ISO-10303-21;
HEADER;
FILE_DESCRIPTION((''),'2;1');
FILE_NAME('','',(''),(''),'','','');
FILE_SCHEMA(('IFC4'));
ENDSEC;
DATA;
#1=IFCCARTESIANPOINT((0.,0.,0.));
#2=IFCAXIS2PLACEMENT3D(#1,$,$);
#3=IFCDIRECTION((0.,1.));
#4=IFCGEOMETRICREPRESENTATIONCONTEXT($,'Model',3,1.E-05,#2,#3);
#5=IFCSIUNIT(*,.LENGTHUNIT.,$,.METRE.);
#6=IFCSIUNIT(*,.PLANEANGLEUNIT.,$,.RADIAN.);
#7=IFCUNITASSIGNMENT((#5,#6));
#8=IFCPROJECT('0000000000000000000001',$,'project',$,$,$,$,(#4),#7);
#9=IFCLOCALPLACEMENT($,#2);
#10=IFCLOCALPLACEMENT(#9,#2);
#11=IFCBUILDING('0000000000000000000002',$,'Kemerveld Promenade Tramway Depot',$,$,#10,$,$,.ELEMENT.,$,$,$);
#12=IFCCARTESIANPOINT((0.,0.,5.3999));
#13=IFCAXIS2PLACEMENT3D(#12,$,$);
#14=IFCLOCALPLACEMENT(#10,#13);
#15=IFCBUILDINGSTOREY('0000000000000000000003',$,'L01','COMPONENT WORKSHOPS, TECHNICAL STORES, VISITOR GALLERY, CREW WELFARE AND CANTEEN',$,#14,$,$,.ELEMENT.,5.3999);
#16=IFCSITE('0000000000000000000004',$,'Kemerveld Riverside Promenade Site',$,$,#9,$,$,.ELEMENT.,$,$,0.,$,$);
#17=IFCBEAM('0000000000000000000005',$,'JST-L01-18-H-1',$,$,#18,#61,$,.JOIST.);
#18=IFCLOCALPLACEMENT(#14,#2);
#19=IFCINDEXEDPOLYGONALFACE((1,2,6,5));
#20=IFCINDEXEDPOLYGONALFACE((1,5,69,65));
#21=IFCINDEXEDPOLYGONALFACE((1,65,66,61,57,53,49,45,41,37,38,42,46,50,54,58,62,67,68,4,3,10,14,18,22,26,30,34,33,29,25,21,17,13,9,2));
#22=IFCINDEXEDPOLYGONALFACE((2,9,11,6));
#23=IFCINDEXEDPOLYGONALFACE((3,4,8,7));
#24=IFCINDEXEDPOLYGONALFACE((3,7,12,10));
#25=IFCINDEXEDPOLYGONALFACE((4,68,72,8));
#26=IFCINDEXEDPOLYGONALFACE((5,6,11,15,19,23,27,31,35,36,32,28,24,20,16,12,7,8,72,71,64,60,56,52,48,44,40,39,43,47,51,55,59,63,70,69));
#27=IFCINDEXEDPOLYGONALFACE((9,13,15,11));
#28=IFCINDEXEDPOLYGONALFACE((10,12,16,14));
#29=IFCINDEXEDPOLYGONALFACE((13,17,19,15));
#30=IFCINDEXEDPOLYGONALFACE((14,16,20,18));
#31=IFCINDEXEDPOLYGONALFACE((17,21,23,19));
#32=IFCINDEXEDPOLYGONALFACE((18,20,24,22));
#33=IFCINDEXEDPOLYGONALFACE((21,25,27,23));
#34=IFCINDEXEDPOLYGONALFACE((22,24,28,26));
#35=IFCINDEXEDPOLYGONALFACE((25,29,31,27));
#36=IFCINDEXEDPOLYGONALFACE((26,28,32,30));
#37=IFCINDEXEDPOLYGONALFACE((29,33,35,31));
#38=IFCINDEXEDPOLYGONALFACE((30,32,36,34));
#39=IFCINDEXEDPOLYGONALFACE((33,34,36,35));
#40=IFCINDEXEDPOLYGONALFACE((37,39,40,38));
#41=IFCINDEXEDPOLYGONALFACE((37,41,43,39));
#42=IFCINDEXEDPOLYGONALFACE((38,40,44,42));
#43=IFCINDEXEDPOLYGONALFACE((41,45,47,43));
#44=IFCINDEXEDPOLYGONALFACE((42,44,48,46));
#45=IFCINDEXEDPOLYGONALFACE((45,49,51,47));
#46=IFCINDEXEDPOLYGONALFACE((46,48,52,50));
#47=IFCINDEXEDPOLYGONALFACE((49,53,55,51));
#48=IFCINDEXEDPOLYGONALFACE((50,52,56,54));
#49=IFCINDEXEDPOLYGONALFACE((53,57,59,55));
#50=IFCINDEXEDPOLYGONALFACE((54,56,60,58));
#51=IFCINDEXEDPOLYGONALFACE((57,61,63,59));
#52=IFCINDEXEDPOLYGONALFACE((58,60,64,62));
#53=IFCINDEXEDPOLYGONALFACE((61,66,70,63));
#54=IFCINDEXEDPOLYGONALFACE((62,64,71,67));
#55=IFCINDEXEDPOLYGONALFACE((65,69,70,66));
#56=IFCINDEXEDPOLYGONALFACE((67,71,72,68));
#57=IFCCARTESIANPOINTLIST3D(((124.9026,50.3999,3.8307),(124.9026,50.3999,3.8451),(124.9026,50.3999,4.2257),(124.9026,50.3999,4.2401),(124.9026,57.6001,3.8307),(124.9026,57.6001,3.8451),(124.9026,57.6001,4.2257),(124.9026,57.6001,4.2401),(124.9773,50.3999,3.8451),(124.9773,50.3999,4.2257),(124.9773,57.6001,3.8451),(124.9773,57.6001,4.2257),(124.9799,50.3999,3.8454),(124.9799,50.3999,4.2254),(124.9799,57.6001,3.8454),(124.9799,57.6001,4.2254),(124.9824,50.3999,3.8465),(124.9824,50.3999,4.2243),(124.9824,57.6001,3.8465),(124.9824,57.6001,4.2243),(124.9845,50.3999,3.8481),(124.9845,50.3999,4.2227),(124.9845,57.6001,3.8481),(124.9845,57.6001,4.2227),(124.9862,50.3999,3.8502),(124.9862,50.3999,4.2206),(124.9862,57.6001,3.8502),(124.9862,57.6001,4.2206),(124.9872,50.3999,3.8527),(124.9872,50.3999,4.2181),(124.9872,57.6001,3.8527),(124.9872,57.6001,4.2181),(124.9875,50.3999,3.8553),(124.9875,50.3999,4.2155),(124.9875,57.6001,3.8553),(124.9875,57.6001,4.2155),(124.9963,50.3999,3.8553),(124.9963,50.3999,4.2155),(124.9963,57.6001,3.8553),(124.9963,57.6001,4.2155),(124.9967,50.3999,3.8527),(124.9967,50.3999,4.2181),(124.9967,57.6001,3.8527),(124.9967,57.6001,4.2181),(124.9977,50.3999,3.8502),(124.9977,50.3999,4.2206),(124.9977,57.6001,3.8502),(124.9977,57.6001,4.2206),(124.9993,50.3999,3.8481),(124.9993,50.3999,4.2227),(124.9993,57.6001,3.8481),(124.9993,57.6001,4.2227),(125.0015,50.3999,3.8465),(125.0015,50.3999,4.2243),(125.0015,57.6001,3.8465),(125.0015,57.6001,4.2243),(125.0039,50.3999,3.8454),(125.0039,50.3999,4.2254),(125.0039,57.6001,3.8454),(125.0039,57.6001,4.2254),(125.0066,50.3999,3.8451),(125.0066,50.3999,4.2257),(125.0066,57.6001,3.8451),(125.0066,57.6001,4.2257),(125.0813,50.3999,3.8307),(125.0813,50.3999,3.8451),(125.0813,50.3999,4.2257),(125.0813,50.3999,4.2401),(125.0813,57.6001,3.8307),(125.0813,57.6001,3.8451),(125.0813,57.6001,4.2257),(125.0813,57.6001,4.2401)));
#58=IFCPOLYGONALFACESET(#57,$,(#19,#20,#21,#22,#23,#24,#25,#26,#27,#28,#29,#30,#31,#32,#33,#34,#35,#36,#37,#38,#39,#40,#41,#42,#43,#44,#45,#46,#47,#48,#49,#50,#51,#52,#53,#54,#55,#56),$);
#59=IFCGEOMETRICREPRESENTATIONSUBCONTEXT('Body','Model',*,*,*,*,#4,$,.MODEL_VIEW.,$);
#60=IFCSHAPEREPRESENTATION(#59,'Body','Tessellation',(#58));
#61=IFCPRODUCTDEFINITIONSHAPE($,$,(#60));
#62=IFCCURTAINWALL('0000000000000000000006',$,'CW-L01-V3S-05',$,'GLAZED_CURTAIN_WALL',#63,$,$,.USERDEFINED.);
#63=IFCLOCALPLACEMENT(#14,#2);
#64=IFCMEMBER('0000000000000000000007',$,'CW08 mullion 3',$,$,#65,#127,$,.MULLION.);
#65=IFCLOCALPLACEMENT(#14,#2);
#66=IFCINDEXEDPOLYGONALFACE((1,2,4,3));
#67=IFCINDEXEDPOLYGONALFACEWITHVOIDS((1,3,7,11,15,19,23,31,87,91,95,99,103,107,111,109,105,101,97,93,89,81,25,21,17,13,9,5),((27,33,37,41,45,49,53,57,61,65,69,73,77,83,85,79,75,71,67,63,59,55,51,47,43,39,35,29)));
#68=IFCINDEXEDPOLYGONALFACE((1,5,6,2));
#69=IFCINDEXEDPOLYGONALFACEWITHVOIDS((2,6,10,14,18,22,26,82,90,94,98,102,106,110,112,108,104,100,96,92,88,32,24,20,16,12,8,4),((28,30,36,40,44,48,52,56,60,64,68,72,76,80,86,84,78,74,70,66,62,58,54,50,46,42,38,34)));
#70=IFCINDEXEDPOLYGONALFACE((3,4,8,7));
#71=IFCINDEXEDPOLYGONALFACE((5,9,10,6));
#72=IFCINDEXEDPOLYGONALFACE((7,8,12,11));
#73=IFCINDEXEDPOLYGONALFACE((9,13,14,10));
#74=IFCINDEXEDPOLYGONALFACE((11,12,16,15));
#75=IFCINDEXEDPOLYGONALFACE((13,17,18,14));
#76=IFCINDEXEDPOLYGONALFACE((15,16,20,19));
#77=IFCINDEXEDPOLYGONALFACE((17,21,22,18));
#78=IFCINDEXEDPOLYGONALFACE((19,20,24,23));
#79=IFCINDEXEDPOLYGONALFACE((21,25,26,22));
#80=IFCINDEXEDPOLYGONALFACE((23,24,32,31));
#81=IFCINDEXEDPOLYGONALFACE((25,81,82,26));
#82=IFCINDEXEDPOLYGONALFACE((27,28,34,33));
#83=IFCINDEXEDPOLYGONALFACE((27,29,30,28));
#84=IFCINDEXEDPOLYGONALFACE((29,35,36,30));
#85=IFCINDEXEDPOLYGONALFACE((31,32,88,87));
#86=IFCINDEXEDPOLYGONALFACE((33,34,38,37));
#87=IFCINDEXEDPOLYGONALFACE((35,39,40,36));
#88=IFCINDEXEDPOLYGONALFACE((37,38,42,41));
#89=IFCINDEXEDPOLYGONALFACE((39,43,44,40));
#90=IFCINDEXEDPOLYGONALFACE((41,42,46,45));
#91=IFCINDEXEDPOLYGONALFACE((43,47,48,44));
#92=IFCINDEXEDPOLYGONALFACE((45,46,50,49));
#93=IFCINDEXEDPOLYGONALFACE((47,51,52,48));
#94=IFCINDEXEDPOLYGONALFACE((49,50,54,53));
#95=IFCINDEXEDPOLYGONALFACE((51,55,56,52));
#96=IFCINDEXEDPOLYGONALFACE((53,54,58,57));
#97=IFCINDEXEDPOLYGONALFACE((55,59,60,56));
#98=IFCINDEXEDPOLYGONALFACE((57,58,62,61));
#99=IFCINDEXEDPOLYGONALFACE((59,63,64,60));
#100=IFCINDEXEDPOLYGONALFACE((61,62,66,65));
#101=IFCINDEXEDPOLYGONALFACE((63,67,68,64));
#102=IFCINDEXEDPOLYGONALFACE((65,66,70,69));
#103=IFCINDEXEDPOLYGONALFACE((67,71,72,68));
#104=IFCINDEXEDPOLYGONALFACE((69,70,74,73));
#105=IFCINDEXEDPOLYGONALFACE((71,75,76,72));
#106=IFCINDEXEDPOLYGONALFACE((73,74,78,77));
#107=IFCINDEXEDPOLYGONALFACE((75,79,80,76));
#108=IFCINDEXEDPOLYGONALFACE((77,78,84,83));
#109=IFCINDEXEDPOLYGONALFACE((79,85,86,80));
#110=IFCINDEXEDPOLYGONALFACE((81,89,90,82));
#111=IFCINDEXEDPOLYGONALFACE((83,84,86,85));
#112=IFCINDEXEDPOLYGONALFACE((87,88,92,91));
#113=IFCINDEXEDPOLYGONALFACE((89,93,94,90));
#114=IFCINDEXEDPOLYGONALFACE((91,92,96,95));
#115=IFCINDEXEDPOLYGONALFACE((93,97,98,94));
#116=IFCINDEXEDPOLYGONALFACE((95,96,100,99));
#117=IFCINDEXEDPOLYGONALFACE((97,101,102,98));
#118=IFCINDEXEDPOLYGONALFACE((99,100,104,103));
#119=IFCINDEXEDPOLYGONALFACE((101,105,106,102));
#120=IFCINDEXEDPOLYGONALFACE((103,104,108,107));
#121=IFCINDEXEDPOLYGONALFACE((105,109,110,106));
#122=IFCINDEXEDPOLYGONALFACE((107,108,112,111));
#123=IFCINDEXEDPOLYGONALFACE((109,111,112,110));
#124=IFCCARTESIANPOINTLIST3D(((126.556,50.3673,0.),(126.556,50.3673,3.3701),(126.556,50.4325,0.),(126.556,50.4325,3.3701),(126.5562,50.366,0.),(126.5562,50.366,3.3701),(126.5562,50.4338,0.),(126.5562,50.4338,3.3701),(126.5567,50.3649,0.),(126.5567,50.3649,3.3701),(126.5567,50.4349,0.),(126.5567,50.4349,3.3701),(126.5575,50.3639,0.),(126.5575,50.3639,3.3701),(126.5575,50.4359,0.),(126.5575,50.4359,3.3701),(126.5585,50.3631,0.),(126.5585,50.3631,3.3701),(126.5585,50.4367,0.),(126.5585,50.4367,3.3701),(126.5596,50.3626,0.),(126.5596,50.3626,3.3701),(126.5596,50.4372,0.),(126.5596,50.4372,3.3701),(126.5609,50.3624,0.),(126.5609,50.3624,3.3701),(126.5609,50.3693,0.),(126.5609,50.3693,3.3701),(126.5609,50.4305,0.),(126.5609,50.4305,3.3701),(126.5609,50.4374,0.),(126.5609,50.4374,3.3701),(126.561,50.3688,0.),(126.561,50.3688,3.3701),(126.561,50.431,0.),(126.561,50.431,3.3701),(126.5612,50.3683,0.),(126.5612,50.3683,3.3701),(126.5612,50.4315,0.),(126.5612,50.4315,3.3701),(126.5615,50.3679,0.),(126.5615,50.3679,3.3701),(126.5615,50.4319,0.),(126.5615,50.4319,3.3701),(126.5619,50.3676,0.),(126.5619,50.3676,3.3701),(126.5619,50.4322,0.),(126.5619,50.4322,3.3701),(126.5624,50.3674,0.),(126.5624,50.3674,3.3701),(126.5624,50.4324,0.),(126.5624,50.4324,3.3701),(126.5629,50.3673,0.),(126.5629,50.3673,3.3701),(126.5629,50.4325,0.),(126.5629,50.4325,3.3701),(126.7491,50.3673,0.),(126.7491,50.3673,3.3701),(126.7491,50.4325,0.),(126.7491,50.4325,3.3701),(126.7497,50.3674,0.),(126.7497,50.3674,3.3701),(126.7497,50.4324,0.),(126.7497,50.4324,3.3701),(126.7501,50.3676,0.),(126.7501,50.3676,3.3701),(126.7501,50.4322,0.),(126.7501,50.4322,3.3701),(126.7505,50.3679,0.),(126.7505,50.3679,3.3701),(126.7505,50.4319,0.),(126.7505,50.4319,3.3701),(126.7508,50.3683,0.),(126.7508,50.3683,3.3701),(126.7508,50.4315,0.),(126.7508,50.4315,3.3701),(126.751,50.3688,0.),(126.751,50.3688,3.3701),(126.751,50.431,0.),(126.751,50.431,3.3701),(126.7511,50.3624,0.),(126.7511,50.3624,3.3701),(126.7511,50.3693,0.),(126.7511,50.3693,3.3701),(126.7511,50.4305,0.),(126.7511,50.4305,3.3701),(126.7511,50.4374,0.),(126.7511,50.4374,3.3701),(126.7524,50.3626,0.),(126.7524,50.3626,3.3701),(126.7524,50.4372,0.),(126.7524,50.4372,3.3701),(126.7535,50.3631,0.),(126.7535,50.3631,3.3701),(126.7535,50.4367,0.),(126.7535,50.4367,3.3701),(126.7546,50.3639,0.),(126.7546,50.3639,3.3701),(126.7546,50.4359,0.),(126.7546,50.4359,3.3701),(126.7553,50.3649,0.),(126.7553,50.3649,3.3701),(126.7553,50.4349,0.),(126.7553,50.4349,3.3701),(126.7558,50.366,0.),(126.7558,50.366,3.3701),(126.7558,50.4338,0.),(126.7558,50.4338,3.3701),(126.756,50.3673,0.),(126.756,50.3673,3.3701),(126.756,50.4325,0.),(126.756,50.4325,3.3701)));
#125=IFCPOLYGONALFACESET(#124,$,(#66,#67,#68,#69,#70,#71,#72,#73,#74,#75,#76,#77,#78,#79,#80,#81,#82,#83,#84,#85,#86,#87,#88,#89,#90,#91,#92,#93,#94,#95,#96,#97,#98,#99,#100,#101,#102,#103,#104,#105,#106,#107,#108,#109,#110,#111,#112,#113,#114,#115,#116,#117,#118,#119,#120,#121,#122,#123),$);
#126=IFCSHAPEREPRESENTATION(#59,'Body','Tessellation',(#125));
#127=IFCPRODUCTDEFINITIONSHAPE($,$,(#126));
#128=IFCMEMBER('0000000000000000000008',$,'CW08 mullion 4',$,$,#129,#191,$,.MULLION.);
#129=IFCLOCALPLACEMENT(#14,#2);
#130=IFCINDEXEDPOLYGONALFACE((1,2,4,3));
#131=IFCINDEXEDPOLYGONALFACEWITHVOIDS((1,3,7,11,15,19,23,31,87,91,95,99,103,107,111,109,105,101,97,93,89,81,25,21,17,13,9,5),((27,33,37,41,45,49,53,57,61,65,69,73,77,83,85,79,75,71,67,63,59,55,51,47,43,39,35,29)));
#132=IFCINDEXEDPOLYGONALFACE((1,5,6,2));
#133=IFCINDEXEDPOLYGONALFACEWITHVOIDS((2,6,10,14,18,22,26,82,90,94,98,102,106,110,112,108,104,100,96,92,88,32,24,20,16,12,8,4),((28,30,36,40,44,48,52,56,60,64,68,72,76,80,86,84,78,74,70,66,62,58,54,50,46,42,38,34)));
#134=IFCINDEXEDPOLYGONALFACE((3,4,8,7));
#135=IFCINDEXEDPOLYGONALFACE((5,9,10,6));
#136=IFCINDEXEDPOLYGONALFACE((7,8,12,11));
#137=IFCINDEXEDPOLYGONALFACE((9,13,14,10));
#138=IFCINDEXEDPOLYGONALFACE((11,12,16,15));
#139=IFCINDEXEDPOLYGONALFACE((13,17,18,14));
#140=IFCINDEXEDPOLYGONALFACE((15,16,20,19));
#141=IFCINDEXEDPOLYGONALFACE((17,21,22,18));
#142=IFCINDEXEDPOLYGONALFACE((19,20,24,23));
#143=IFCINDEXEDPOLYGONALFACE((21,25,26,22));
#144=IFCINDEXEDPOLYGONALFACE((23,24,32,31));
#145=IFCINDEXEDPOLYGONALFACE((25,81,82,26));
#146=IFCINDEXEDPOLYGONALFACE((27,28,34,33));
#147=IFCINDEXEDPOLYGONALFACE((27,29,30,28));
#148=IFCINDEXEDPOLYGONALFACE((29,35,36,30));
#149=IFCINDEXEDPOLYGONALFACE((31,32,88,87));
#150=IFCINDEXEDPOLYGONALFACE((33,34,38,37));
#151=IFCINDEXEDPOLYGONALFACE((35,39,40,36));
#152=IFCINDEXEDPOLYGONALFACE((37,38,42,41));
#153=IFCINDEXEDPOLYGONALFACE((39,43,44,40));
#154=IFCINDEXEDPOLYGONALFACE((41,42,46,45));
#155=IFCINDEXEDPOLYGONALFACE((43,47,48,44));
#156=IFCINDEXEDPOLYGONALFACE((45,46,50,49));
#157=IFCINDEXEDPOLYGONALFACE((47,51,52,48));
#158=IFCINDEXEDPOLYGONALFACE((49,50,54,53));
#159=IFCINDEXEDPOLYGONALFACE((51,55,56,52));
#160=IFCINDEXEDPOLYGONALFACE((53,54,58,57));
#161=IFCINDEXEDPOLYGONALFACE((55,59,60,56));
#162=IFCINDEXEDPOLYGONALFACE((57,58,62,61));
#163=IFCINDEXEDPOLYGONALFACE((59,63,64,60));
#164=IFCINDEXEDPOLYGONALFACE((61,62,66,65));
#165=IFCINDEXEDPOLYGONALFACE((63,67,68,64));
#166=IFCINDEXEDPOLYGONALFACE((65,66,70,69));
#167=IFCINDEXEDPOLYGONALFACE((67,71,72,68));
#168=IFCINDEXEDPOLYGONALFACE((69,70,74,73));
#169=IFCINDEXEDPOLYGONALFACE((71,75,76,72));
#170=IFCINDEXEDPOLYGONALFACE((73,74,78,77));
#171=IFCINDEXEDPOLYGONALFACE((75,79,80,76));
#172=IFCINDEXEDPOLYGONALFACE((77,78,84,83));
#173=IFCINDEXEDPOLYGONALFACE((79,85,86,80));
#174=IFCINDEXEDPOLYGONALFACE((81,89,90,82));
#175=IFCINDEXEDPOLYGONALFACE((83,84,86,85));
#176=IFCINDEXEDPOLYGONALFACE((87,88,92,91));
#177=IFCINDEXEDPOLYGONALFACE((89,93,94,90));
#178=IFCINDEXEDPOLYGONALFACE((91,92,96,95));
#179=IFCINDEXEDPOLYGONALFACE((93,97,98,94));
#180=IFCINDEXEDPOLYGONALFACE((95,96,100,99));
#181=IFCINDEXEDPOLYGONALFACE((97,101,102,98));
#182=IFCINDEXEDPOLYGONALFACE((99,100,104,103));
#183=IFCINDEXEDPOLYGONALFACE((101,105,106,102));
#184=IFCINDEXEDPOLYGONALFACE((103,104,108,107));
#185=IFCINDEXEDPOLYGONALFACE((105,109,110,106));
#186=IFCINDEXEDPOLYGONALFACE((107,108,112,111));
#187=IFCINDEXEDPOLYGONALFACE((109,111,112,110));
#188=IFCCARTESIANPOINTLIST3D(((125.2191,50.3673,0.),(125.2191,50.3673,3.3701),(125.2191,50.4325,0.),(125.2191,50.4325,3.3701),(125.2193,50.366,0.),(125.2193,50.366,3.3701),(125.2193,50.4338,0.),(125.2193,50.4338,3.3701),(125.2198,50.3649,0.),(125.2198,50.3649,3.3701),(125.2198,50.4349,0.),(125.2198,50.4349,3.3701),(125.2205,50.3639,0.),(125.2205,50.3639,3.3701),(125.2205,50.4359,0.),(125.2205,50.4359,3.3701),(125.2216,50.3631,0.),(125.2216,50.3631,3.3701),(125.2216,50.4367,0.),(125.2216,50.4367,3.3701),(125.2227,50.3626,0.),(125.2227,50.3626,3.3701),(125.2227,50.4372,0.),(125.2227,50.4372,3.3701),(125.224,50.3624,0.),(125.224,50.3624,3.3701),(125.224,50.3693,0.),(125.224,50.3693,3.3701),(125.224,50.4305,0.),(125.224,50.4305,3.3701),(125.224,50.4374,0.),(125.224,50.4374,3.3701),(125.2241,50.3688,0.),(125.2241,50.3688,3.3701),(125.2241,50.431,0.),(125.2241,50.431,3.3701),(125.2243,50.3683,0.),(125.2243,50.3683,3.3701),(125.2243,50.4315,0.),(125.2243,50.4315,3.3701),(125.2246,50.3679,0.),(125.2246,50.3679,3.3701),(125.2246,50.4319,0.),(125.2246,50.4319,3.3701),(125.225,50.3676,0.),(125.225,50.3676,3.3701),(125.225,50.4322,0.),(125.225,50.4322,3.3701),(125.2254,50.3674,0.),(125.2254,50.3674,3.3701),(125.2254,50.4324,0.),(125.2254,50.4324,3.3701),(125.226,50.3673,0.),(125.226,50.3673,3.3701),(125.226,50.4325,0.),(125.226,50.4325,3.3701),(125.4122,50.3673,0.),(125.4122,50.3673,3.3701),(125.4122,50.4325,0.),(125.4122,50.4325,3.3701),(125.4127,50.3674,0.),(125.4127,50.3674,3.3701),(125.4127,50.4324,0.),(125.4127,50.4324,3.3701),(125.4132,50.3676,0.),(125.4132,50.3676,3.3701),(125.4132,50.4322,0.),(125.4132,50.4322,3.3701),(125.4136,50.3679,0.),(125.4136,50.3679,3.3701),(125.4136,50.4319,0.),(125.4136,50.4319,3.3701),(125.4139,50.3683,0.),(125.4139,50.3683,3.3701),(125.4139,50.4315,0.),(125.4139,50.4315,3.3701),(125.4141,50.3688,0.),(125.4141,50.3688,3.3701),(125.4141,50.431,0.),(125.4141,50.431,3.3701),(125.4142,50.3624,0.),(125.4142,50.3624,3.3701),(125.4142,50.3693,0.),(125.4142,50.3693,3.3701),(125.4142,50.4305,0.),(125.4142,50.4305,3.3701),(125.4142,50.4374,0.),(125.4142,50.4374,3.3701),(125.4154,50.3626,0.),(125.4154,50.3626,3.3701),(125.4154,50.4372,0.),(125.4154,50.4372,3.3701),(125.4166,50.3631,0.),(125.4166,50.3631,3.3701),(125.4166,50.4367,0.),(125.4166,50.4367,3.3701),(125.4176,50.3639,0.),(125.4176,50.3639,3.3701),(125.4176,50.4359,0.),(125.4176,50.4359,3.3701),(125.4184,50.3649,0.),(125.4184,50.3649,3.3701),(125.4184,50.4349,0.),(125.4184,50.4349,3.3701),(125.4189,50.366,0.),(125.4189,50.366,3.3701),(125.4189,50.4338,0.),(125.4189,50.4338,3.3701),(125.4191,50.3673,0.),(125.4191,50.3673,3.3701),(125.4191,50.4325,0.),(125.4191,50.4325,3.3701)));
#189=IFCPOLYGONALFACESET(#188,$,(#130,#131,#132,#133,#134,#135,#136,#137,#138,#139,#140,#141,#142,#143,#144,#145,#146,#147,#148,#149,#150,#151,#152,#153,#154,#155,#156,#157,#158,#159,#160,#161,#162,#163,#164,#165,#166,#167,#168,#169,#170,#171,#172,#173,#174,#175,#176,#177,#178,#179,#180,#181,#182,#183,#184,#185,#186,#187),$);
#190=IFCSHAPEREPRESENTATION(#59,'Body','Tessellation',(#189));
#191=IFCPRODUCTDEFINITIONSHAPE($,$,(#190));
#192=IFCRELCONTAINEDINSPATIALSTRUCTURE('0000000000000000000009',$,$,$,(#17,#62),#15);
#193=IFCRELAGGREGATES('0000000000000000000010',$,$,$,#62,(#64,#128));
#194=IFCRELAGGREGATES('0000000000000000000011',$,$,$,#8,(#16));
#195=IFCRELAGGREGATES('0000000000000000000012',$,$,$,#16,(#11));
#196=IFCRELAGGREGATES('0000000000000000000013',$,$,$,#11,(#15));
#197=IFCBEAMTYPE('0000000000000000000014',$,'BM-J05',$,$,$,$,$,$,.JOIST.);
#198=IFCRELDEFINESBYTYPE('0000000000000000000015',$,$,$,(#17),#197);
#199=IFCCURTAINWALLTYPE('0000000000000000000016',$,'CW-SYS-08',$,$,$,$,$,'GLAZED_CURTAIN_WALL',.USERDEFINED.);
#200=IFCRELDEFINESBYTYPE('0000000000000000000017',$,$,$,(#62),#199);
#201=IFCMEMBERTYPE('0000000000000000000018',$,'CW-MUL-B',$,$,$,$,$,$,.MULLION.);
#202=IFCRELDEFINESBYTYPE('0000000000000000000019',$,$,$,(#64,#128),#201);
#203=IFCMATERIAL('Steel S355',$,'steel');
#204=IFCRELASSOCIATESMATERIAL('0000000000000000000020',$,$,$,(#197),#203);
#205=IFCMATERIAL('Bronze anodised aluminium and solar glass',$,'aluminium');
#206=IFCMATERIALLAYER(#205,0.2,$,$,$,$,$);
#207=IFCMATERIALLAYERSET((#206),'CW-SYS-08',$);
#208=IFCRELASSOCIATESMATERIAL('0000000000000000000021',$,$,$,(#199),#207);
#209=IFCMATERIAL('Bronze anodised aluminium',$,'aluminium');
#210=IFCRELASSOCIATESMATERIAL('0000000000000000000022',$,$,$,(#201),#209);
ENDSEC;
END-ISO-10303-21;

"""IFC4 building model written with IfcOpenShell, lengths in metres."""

from ifc_helpers import new_model, si_unit, direction, frame, origin, origin_2d, place, context, subcontext, project, spatial, hollow_rectangle, i_section, extrude, material, layer, layer_set, material_profile, profile_set, type_object, element, aggregate, save


model = new_model("IFC4")

# Units and contexts
model_context = context("Model", 3, precision=1e-05, world=origin(), true_north=direction((0.0, 1.0)))
body_context = subcontext(model_context, "Body", "Model", "MODEL_VIEW")
ifc_project = project(units=[si_unit("LENGTHUNIT", "METRE"), si_unit("PLANEANGLEUNIT", "RADIAN")], contexts=[model_context])

# Site, building, storey
site_placement = place(None, origin())
site = spatial("IfcSite", under=ifc_project, at=site_placement, Name="Kemerveld Riverside Promenade Site", CompositionType="ELEMENT", RefElevation=0.0)
building_placement = place(site_placement, origin())
building = spatial("IfcBuilding", under=site, at=building_placement, Name="Kemerveld Promenade Tramway Depot", CompositionType="ELEMENT")
storey_placement = place(building_placement, frame((0.0, 0.0, 5.3999)))
storey = spatial("IfcBuildingStorey", under=building, at=storey_placement, Name="L01", Description="COMPONENT WORKSHOPS, TECHNICAL STORES, VISITOR GALLERY, CREW WELFARE AND CANTEEN", CompositionType="ELEMENT", Elevation=5.3999)

# Beam
ifc_material_1 = material(Name="Steel S355", Category="steel")
ifc_material_profile_1 = material_profile(ifc_material_1, i_section(OverallWidth=0.1787, OverallDepth=0.4094, WebThickness=0.0088, FlangeThickness=0.0144, FilletRadius=0.0103, at=origin_2d()), Name="406x178x67 UB")
ifc_profile_set_1 = profile_set([ifc_material_profile_1], Name="Steel S355")
beam_type = type_object("IfcBeamType", Name="BM-J05", PredefinedType="JOIST", material=ifc_profile_set_1)
beam_placement = place(storey_placement, frame((124.9919, 50.3999, 4.0354), z_axis=(0.0, 1.0, 0.0), x_axis=(-1.0, 0.0, 0.0)))
element("IfcBeam", 1, at=beam_placement, inside=storey, type_object=beam_type, Name="JST-L01-18-H-1", PredefinedType="JOIST", context=body_context, shape_type="SweptSolid", body=[
    extrude(i_section(OverallWidth=0.1787, OverallDepth=0.4094, WebThickness=0.0088, FlangeThickness=0.0144, FilletRadius=0.0103, at=origin_2d()), origin(), (0.0, 0.0, 1.0), 7.2002),
])

# Curtain wall, members
ifc_material_2 = material(Name="Bronze anodised aluminium and solar glass", Category="aluminium")
ifc_layer_1 = layer(ifc_material_2, 0.2)
ifc_layer_set_1 = layer_set([ifc_layer_1], Name="CW-SYS-08")
curtain_wall_type = type_object("IfcCurtainWallType", Name="CW-SYS-08", ElementType="GLAZED_CURTAIN_WALL", PredefinedType="USERDEFINED", material=ifc_layer_set_1)
curtain_wall_placement = place(storey_placement, origin())
curtain_wall = element("IfcCurtainWall", 2, at=curtain_wall_placement, inside=storey, type_object=curtain_wall_type, Name="CW-L01-V3S-05", ObjectType="GLAZED_CURTAIN_WALL", PredefinedType="USERDEFINED")
ifc_material_3 = material(Name="Bronze anodised aluminium", Category="aluminium")
ifc_material_profile_2 = material_profile(ifc_material_3, hollow_rectangle(XDim=0.075, YDim=0.2, WallThickness=0.0049, InnerFilletRadius=0.002, OuterFilletRadius=0.0049, at=origin_2d()), Name="CW-MUL-200x75")
ifc_profile_set_2 = profile_set([ifc_material_profile_2], Name="Bronze anodised aluminium")
member_type_1 = type_object("IfcMemberType", Name="CW-MUL-B", PredefinedType="MULLION", material=ifc_profile_set_2)
member_1_placement = place(storey_placement, frame((126.656, 50.3999, 0.0), z_axis=(0.0, 0.0, 1.0), x_axis=(0.0, -1.0, 0.0)))
member_1 = element("IfcMember", 3, at=member_1_placement, type_object=member_type_1, Name="CW08 mullion 3", PredefinedType="MULLION", context=body_context, shape_type="SweptSolid", body=[
    extrude(hollow_rectangle(XDim=0.075, YDim=0.2, WallThickness=0.0049, InnerFilletRadius=0.002, OuterFilletRadius=0.0049, at=origin_2d()), origin(), (0.0, 0.0, 1.0), 3.3701),
])
member_2_placement = place(storey_placement, frame((125.3191, 50.3999, 0.0), z_axis=(0.0, 0.0, 1.0), x_axis=(0.0, -1.0, 0.0)))
member_2 = element("IfcMember", 4, at=member_2_placement, type_object=member_type_1, Name="CW08 mullion 4", PredefinedType="MULLION", context=body_context, shape_type="SweptSolid", body=[
    extrude(hollow_rectangle(XDim=0.075, YDim=0.2, WallThickness=0.0049, InnerFilletRadius=0.002, OuterFilletRadius=0.0049, at=origin_2d()), origin(), (0.0, 0.0, 1.0), 3.3701),
])
aggregate(curtain_wall, [member_1, member_2])

save(model, "model.ifc")
